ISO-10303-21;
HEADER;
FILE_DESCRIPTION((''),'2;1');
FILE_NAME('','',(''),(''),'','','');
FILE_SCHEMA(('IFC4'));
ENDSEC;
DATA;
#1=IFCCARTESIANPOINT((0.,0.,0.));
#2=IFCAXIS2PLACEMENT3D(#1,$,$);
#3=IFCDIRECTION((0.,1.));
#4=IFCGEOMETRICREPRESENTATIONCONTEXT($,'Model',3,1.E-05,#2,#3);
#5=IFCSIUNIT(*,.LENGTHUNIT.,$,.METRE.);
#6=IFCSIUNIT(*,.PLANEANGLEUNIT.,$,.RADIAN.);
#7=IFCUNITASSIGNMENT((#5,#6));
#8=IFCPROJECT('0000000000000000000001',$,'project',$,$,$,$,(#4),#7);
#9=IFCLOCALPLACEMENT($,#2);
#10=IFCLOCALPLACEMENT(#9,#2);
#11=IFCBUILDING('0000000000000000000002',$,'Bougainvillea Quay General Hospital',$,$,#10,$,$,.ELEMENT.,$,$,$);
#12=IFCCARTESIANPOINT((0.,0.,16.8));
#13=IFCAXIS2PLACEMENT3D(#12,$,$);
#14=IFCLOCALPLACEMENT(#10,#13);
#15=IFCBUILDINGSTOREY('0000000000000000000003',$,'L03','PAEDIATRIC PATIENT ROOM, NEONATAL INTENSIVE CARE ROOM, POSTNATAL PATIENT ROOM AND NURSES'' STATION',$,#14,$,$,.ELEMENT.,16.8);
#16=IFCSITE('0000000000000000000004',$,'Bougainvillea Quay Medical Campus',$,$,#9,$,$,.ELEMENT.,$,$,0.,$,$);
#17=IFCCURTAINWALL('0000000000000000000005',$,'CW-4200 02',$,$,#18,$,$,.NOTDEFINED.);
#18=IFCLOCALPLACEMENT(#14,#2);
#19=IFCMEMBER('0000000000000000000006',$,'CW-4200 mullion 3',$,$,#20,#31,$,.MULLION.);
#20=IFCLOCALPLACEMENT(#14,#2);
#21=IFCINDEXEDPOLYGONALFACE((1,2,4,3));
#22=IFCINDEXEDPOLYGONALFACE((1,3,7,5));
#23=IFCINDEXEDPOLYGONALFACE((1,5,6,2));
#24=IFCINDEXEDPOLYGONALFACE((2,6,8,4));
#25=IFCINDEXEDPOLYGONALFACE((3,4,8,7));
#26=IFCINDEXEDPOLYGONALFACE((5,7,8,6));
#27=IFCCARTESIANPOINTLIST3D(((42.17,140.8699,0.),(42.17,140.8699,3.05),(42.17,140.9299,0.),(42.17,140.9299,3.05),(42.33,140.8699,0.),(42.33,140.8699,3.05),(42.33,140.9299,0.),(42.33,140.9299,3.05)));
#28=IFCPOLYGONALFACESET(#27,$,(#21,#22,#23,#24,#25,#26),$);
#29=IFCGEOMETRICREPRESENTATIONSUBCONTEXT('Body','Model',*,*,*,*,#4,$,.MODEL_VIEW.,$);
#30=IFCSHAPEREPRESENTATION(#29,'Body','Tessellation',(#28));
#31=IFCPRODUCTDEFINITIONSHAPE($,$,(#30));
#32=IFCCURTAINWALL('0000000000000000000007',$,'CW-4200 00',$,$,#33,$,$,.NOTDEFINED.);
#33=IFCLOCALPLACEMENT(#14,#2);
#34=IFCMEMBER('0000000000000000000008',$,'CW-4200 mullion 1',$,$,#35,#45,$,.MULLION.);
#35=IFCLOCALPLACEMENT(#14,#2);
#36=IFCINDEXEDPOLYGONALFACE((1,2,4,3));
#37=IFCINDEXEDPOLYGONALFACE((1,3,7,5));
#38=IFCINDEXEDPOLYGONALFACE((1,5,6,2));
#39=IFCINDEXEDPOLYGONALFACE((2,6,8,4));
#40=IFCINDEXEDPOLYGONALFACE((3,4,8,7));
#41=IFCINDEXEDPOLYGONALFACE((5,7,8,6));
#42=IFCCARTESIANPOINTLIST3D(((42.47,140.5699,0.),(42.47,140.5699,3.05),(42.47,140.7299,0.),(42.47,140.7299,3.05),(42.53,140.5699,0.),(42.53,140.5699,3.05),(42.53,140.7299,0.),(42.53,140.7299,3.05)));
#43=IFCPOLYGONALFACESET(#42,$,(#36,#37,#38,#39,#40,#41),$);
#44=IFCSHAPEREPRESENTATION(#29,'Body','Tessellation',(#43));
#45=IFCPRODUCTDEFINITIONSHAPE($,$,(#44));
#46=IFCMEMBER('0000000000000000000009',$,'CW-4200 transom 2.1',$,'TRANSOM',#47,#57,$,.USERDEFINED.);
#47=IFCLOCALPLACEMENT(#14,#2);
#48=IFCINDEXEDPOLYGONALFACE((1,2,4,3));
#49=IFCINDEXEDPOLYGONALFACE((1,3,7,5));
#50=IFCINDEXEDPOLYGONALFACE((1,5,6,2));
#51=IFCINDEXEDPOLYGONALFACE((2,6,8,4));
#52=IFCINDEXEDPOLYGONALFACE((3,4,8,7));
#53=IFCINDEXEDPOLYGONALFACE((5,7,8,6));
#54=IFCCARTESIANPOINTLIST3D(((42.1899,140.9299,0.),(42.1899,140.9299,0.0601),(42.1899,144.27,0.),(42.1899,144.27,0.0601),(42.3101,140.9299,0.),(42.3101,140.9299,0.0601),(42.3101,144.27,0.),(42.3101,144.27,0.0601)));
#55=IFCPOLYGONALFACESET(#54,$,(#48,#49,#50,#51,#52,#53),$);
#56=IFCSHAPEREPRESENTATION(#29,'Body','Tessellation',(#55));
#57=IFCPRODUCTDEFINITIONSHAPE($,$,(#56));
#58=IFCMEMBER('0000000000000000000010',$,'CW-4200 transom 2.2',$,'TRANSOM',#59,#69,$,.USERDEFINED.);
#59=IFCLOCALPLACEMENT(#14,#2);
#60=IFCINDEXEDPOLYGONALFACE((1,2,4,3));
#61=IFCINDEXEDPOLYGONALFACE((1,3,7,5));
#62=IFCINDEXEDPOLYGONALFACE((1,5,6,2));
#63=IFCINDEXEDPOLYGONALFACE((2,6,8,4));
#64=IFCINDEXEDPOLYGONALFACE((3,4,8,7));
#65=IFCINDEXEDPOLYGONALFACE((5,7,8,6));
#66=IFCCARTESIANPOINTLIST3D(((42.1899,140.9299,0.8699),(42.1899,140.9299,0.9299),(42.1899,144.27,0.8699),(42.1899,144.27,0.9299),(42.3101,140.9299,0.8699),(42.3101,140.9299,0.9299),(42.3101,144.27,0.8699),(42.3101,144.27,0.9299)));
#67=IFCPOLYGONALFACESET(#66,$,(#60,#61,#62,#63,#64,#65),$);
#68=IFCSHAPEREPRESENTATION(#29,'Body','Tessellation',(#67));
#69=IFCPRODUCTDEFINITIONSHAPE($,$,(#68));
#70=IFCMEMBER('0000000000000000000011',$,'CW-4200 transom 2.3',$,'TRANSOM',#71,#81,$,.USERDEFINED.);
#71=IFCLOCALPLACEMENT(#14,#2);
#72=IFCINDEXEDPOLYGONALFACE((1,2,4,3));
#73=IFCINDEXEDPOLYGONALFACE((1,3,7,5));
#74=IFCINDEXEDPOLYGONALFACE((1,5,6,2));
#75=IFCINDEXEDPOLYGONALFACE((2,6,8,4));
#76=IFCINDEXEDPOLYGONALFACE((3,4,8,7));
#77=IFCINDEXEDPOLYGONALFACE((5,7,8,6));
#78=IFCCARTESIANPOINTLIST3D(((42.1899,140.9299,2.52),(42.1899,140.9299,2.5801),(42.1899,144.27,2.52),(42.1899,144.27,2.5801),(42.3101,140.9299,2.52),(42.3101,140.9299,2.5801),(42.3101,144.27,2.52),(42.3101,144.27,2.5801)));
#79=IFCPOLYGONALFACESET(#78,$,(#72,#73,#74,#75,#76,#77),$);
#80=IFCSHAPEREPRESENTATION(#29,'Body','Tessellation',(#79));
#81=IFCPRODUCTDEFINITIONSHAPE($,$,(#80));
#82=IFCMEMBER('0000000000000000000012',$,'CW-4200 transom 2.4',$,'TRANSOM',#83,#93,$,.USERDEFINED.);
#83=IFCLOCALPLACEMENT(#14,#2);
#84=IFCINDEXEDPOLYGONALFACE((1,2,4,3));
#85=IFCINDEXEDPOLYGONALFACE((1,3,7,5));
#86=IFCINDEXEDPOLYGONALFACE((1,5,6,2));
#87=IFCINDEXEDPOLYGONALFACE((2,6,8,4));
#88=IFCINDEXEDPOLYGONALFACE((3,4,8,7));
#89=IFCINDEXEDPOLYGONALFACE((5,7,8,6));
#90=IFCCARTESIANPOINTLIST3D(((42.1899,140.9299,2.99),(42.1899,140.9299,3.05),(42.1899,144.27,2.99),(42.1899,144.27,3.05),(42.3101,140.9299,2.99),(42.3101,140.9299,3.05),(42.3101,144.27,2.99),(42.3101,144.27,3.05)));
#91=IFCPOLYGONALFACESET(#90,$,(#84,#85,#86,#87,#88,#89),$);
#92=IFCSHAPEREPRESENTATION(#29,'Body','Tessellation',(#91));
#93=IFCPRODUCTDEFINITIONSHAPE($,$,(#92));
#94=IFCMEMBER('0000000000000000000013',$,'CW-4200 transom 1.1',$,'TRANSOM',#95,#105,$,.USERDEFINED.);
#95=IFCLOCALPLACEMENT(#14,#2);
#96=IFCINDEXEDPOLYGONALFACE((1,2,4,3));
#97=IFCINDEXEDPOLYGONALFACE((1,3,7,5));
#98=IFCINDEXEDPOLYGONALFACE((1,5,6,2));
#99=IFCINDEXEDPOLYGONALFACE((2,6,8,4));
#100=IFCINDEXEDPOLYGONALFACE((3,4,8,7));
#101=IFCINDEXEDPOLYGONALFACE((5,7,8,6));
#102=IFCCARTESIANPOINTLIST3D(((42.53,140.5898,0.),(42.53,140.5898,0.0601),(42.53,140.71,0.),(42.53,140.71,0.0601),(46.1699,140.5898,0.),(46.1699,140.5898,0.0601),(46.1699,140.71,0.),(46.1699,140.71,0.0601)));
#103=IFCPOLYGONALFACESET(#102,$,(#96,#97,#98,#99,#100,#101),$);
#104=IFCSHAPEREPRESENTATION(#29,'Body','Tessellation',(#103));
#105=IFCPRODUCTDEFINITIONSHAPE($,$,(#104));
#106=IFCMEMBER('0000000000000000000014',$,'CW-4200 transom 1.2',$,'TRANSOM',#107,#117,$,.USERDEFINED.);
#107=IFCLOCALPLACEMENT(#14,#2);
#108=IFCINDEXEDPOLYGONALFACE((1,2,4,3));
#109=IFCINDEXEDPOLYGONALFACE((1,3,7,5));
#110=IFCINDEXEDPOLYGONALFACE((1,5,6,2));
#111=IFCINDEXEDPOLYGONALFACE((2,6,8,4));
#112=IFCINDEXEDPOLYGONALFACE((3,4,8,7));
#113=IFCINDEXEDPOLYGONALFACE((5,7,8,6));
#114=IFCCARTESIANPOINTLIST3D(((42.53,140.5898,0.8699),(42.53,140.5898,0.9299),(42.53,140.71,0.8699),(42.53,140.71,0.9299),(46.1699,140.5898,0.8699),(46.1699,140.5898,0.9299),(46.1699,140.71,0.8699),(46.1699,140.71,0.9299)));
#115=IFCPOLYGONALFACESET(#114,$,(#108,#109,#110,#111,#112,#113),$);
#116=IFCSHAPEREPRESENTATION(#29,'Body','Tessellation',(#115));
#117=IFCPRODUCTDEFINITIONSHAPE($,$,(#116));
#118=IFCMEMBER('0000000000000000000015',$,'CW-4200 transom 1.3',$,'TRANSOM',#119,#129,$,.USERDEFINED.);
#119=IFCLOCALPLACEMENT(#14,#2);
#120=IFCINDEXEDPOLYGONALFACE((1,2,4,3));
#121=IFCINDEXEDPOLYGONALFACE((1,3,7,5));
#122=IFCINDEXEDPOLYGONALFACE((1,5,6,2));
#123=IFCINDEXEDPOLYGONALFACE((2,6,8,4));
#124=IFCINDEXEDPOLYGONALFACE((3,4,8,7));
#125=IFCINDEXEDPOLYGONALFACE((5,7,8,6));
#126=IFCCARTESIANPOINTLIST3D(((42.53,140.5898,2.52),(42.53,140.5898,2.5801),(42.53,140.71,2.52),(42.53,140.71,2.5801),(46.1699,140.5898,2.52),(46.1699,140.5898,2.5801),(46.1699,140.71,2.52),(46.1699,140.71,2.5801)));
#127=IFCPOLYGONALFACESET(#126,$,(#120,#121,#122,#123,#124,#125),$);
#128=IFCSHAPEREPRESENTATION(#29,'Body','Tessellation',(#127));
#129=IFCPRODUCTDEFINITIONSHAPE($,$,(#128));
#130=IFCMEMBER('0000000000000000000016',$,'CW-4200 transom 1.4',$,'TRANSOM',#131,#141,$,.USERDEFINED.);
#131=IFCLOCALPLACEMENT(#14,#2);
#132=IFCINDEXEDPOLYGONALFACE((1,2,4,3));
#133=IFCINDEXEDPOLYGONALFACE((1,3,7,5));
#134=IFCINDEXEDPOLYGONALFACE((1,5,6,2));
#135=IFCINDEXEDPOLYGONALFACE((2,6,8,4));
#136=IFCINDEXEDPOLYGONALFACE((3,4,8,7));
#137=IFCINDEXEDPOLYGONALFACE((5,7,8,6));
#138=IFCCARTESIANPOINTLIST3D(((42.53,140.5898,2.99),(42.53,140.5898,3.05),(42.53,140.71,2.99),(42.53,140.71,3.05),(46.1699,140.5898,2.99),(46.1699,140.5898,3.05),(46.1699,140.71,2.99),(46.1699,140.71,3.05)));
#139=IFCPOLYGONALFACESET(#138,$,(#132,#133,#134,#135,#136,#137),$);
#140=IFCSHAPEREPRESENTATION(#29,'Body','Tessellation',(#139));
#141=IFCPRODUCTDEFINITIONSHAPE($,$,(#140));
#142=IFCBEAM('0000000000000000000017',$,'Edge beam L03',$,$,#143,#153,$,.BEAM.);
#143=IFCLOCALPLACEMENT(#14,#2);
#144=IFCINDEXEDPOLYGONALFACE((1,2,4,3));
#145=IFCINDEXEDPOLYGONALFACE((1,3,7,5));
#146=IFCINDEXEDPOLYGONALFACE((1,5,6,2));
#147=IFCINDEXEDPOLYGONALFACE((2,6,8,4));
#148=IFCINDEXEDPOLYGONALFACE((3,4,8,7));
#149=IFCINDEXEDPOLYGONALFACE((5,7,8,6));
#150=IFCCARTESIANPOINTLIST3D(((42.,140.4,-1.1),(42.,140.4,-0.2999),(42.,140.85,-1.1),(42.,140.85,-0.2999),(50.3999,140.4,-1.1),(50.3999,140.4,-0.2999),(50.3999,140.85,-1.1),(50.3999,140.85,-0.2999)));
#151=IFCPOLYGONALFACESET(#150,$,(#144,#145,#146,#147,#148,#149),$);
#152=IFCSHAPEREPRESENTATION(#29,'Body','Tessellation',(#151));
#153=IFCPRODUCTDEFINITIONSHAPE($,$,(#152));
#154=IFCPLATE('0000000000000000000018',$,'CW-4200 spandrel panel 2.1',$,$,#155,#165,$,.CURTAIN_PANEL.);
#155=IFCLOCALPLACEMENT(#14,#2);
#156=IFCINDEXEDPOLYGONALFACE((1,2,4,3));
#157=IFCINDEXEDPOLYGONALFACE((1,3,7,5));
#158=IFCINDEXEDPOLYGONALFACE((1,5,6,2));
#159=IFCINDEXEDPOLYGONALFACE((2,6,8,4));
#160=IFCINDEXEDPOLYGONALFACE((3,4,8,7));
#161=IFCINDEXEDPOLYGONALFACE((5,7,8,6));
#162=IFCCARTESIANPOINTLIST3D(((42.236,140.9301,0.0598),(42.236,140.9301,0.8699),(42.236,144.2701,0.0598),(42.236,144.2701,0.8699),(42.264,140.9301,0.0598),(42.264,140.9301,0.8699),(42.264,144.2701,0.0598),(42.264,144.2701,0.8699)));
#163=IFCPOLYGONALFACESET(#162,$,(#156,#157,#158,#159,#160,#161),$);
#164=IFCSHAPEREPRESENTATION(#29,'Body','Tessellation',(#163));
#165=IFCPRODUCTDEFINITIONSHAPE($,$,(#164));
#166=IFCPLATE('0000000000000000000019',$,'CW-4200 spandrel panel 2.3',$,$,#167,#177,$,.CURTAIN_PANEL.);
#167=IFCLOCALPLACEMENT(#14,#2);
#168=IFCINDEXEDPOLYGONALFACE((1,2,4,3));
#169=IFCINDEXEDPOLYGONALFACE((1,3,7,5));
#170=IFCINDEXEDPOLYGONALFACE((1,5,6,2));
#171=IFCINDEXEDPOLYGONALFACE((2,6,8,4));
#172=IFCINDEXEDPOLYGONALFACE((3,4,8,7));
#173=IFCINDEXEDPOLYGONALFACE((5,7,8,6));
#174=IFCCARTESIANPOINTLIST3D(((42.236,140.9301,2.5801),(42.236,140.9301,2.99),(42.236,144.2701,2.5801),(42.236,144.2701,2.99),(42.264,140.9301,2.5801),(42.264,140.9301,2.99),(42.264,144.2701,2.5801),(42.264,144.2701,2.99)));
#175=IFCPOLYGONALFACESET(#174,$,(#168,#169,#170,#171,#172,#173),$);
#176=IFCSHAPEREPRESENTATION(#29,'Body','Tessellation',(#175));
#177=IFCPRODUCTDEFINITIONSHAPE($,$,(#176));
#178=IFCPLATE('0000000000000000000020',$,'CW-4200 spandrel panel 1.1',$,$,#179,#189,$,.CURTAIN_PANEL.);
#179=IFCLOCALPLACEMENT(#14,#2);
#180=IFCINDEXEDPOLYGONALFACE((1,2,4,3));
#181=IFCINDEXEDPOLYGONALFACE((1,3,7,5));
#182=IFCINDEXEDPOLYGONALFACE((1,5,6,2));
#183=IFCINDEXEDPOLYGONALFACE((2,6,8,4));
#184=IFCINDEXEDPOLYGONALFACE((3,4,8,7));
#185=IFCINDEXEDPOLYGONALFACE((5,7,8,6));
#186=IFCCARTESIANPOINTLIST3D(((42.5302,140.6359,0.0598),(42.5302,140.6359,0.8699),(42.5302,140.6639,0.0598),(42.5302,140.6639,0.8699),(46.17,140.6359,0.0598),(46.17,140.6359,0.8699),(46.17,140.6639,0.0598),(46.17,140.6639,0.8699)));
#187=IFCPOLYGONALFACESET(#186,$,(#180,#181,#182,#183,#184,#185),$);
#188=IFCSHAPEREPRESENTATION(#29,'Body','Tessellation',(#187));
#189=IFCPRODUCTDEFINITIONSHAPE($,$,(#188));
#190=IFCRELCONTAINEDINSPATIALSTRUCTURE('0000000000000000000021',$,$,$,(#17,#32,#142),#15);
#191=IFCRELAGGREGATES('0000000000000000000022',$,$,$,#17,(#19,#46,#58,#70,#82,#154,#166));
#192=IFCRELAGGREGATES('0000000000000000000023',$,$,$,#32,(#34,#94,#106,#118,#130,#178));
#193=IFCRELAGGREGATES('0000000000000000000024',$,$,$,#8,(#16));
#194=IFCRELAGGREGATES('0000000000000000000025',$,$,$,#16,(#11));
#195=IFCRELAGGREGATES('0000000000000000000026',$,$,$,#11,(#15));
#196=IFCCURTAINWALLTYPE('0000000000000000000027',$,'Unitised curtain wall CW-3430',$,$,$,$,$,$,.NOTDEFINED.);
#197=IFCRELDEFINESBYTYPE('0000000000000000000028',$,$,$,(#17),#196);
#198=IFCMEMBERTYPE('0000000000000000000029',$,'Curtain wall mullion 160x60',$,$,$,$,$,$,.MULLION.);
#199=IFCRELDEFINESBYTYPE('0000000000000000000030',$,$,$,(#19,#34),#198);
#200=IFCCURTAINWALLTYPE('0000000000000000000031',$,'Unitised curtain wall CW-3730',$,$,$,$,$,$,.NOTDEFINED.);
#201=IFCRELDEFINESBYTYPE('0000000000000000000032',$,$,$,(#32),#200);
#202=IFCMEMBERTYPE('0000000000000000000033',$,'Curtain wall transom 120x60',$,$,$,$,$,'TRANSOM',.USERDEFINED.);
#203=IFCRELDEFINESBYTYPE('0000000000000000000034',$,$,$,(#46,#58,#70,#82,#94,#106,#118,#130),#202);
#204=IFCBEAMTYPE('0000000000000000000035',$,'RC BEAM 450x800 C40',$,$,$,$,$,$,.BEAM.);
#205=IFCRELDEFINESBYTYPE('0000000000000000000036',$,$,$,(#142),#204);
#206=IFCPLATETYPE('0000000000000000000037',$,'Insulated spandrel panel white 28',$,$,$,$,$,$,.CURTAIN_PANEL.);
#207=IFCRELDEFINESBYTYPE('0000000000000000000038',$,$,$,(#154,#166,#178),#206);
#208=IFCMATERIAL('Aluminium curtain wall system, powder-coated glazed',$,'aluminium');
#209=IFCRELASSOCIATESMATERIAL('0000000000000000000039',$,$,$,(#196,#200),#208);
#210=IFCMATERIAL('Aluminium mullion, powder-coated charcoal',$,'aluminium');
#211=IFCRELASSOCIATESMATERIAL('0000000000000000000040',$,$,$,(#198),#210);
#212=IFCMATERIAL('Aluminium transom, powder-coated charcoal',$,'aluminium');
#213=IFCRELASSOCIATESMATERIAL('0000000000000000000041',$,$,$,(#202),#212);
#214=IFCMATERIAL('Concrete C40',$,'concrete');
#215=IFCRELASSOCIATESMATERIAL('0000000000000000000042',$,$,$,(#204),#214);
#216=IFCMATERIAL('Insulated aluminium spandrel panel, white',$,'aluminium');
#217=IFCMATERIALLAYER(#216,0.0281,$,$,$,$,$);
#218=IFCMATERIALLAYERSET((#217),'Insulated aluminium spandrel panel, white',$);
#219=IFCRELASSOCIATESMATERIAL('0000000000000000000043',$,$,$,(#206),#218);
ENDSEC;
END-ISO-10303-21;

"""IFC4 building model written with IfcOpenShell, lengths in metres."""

from ifc_helpers import new_model, si_unit, direction, frame, origin, origin_2d, place, context, subcontext, project, spatial, rectangle, extrude, material, layer, layer_set, material_profile, profile_set, type_object, element, aggregate, save


model = new_model("IFC4")

# Units and contexts
model_context = context("Model", 3, precision=1e-05, world=origin(), true_north=direction((0.0, 1.0)))
body_context = subcontext(model_context, "Body", "Model", "MODEL_VIEW")
ifc_project = project(units=[si_unit("LENGTHUNIT", "METRE"), si_unit("PLANEANGLEUNIT", "RADIAN")], contexts=[model_context])

# Site, building, storey
site_placement = place(None, origin())
site = spatial("IfcSite", under=ifc_project, at=site_placement, Name="Bougainvillea Quay Medical Campus", CompositionType="ELEMENT", RefElevation=0.0)
building_placement = place(site_placement, origin())
building = spatial("IfcBuilding", under=site, at=building_placement, Name="Bougainvillea Quay General Hospital", CompositionType="ELEMENT")
storey_placement = place(building_placement, frame((0.0, 0.0, 16.8)))
storey = spatial("IfcBuildingStorey", under=building, at=storey_placement, Name="L03", Description="PAEDIATRIC PATIENT ROOM, NEONATAL INTENSIVE CARE ROOM, POSTNATAL PATIENT ROOM AND NURSES' STATION", CompositionType="ELEMENT", Elevation=16.8)

# Curtain walls, members
ifc_material_1 = material(Name="Aluminium curtain wall system, powder-coated glazed", Category="aluminium")
curtain_wall_type_1 = type_object("IfcCurtainWallType", Name="Unitised curtain wall CW-3430", PredefinedType="NOTDEFINED", material=ifc_material_1)
curtain_wall_1_placement = place(storey_placement, origin())
curtain_wall_1 = element("IfcCurtainWall", 1, at=curtain_wall_1_placement, inside=storey, type_object=curtain_wall_type_1, Name="CW-4200 02", PredefinedType="NOTDEFINED")
ifc_material_2 = material(Name="Aluminium mullion, powder-coated charcoal", Category="aluminium")
ifc_material_profile_1 = material_profile(ifc_material_2, rectangle(XDim=0.1599, YDim=0.0601, at=origin_2d()))
ifc_profile_set_1 = profile_set([ifc_material_profile_1], Name="Aluminium mullion, powder-coated charcoal")
member_type_1 = type_object("IfcMemberType", Name="Curtain wall mullion 160x60", PredefinedType="MULLION", material=ifc_profile_set_1)
member_1_placement = place(storey_placement, frame((42.25, 140.8999, 0.0), z_axis=(0.0, 0.0, 1.0), x_axis=(1.0, 0.0, 0.0)))
member_1 = element("IfcMember", 2, at=member_1_placement, type_object=member_type_1, Name="CW-4200 mullion 3", PredefinedType="MULLION", context=body_context, shape_type="SweptSolid", body=[
    extrude(rectangle(XDim=0.1599, YDim=0.0601, at=origin_2d()), origin(), (0.0, 0.0, 1.0), 3.05),
])
curtain_wall_type_2 = type_object("IfcCurtainWallType", Name="Unitised curtain wall CW-3730", PredefinedType="NOTDEFINED", material=ifc_material_1)
curtain_wall_2_placement = place(storey_placement, origin())
curtain_wall_2 = element("IfcCurtainWall", 3, at=curtain_wall_2_placement, inside=storey, type_object=curtain_wall_type_2, Name="CW-4200 00", PredefinedType="NOTDEFINED")
member_2_placement = place(storey_placement, frame((42.5, 140.6499, 0.0), z_axis=(0.0, 0.0, 1.0), x_axis=(0.0, 1.0, 0.0)))
member_2 = element("IfcMember", 4, at=member_2_placement, type_object=member_type_1, Name="CW-4200 mullion 1", PredefinedType="MULLION", context=body_context, shape_type="SweptSolid", body=[
    extrude(rectangle(XDim=0.1599, YDim=0.0601, at=origin_2d()), origin(), (0.0, 0.0, 1.0), 3.05),
])

# Members
ifc_material_3 = material(Name="Aluminium transom, powder-coated charcoal", Category="aluminium")
ifc_material_profile_2 = material_profile(ifc_material_3, rectangle(XDim=0.1201, YDim=0.0601, at=origin_2d()))
ifc_profile_set_2 = profile_set([ifc_material_profile_2], Name="Aluminium transom, powder-coated charcoal")
member_type_2 = type_object("IfcMemberType", Name="Curtain wall transom 120x60", ElementType="TRANSOM", PredefinedType="USERDEFINED", material=ifc_profile_set_2)
member_3_placement = place(storey_placement, frame((42.25, 144.27, 0.03), z_axis=(0.0, -1.0, 0.0), x_axis=(1.0, 0.0, 0.0)))
member_3 = element("IfcMember", 5, at=member_3_placement, type_object=member_type_2, Name="CW-4200 transom 2.1", ObjectType="TRANSOM", PredefinedType="USERDEFINED", context=body_context, shape_type="SweptSolid", body=[
    extrude(rectangle(XDim=0.1201, YDim=0.0601, at=origin_2d()), origin(), (0.0, 0.0, 1.0), 3.3401),
])
member_4_placement = place(storey_placement, frame((42.25, 144.27, 0.8999), z_axis=(0.0, -1.0, 0.0), x_axis=(1.0, 0.0, 0.0)))
member_4 = element("IfcMember", 6, at=member_4_placement, type_object=member_type_2, Name="CW-4200 transom 2.2", ObjectType="TRANSOM", PredefinedType="USERDEFINED", context=body_context, shape_type="SweptSolid", body=[
    extrude(rectangle(XDim=0.1201, YDim=0.0601, at=origin_2d()), origin(), (0.0, 0.0, 1.0), 3.3401),
])
member_5_placement = place(storey_placement, frame((42.25, 144.27, 2.55), z_axis=(0.0, -1.0, 0.0), x_axis=(1.0, 0.0, 0.0)))
member_5 = element("IfcMember", 7, at=member_5_placement, type_object=member_type_2, Name="CW-4200 transom 2.3", ObjectType="TRANSOM", PredefinedType="USERDEFINED", context=body_context, shape_type="SweptSolid", body=[
    extrude(rectangle(XDim=0.1201, YDim=0.0601, at=origin_2d()), origin(), (0.0, 0.0, 1.0), 3.3401),
])
member_6_placement = place(storey_placement, frame((42.25, 144.27, 3.02), z_axis=(0.0, -1.0, 0.0), x_axis=(1.0, 0.0, 0.0)))
member_6 = element("IfcMember", 8, at=member_6_placement, type_object=member_type_2, Name="CW-4200 transom 2.4", ObjectType="TRANSOM", PredefinedType="USERDEFINED", context=body_context, shape_type="SweptSolid", body=[
    extrude(rectangle(XDim=0.1201, YDim=0.0601, at=origin_2d()), origin(), (0.0, 0.0, 1.0), 3.3401),
])
member_7_placement = place(storey_placement, frame((42.53, 140.6499, 0.03), z_axis=(1.0, 0.0, 0.0), x_axis=(0.0, 1.0, 0.0)))
member_7 = element("IfcMember", 9, at=member_7_placement, type_object=member_type_2, Name="CW-4200 transom 1.1", ObjectType="TRANSOM", PredefinedType="USERDEFINED", context=body_context, shape_type="SweptSolid", body=[
    extrude(rectangle(XDim=0.1201, YDim=0.0601, at=origin_2d()), origin(), (0.0, 0.0, 1.0), 3.6399),
])
member_8_placement = place(storey_placement, frame((42.53, 140.6499, 0.8999), z_axis=(1.0, 0.0, 0.0), x_axis=(0.0, 1.0, 0.0)))
member_8 = element("IfcMember", 10, at=member_8_placement, type_object=member_type_2, Name="CW-4200 transom 1.2", ObjectType="TRANSOM", PredefinedType="USERDEFINED", context=body_context, shape_type="SweptSolid", body=[
    extrude(rectangle(XDim=0.1201, YDim=0.0601, at=origin_2d()), origin(), (0.0, 0.0, 1.0), 3.6399),
])
member_9_placement = place(storey_placement, frame((42.53, 140.6499, 2.55), z_axis=(1.0, 0.0, 0.0), x_axis=(0.0, 1.0, 0.0)))
member_9 = element("IfcMember", 11, at=member_9_placement, type_object=member_type_2, Name="CW-4200 transom 1.3", ObjectType="TRANSOM", PredefinedType="USERDEFINED", context=body_context, shape_type="SweptSolid", body=[
    extrude(rectangle(XDim=0.1201, YDim=0.0601, at=origin_2d()), origin(), (0.0, 0.0, 1.0), 3.6399),
])
member_10_placement = place(storey_placement, frame((42.53, 140.6499, 3.02), z_axis=(1.0, 0.0, 0.0), x_axis=(0.0, 1.0, 0.0)))
member_10 = element("IfcMember", 12, at=member_10_placement, type_object=member_type_2, Name="CW-4200 transom 1.4", ObjectType="TRANSOM", PredefinedType="USERDEFINED", context=body_context, shape_type="SweptSolid", body=[
    extrude(rectangle(XDim=0.1201, YDim=0.0601, at=origin_2d()), origin(), (0.0, 0.0, 1.0), 3.6399),
])

# Beam
ifc_material_4 = material(Name="Concrete C40", Category="concrete")
ifc_material_profile_3 = material_profile(ifc_material_4, rectangle(XDim=0.45, YDim=0.8, at=origin_2d()))
ifc_profile_set_3 = profile_set([ifc_material_profile_3], Name="Concrete C40")
beam_type = type_object("IfcBeamType", Name="RC BEAM 450x800 C40", PredefinedType="BEAM", material=ifc_profile_set_3)
beam_placement = place(storey_placement, frame((42.0, 140.625, -0.7), z_axis=(1.0, 0.0, 0.0), x_axis=(0.0, 1.0, 0.0)))
element("IfcBeam", 13, at=beam_placement, inside=storey, type_object=beam_type, Name="Edge beam L03", PredefinedType="BEAM", context=body_context, shape_type="SweptSolid", body=[
    extrude(rectangle(XDim=0.45, YDim=0.8, at=origin_2d()), origin(), (0.0, 0.0, 1.0), 8.3999),
])

# Plates
ifc_material_5 = material(Name="Insulated aluminium spandrel panel, white", Category="aluminium")
ifc_layer_1 = layer(ifc_material_5, 0.0281)
ifc_layer_set_1 = layer_set([ifc_layer_1], Name="Insulated aluminium spandrel panel, white")
plate_type_1 = type_object("IfcPlateType", Name="Insulated spandrel panel white 28", PredefinedType="CURTAIN_PANEL", material=ifc_layer_set_1)
plate_1_placement = place(storey_placement, frame((42.25, 142.6001, 0.0598), z_axis=(0.0, 0.0, 1.0), x_axis=(0.0, -1.0, 0.0)))
plate_1 = element("IfcPlate", 14, at=plate_1_placement, type_object=plate_type_1, Name="CW-4200 spandrel panel 2.1", PredefinedType="CURTAIN_PANEL", context=body_context, shape_type="SweptSolid", body=[
    extrude(rectangle(XDim=3.3401, YDim=0.0281, at=origin_2d()), origin(), (0.0, 0.0, 1.0), 0.8101),
])
plate_2_placement = place(storey_placement, frame((42.25, 142.6001, 2.5801), z_axis=(0.0, 0.0, 1.0), x_axis=(0.0, -1.0, 0.0)))
plate_2 = element("IfcPlate", 15, at=plate_2_placement, type_object=plate_type_1, Name="CW-4200 spandrel panel 2.3", PredefinedType="CURTAIN_PANEL", context=body_context, shape_type="SweptSolid", body=[
    extrude(rectangle(XDim=3.3401, YDim=0.0281, at=origin_2d()), origin(), (0.0, 0.0, 1.0), 0.4099),
])
plate_3_placement = place(storey_placement, frame((44.3501, 140.6499, 0.0598), z_axis=(0.0, 0.0, 1.0), x_axis=(1.0, 0.0, 0.0)))
plate_3 = element("IfcPlate", 16, at=plate_3_placement, type_object=plate_type_1, Name="CW-4200 spandrel panel 1.1", PredefinedType="CURTAIN_PANEL", context=body_context, shape_type="SweptSolid", body=[
    extrude(rectangle(XDim=3.6399, YDim=0.0281, at=origin_2d()), origin(), (0.0, 0.0, 1.0), 0.8101),
])
aggregate(curtain_wall_1, [member_1, member_3, member_4, member_5, member_6, plate_1, plate_2])
aggregate(curtain_wall_2, [member_2, member_7, member_8, member_9, member_10, plate_3])

save(model, "model.ifc")
